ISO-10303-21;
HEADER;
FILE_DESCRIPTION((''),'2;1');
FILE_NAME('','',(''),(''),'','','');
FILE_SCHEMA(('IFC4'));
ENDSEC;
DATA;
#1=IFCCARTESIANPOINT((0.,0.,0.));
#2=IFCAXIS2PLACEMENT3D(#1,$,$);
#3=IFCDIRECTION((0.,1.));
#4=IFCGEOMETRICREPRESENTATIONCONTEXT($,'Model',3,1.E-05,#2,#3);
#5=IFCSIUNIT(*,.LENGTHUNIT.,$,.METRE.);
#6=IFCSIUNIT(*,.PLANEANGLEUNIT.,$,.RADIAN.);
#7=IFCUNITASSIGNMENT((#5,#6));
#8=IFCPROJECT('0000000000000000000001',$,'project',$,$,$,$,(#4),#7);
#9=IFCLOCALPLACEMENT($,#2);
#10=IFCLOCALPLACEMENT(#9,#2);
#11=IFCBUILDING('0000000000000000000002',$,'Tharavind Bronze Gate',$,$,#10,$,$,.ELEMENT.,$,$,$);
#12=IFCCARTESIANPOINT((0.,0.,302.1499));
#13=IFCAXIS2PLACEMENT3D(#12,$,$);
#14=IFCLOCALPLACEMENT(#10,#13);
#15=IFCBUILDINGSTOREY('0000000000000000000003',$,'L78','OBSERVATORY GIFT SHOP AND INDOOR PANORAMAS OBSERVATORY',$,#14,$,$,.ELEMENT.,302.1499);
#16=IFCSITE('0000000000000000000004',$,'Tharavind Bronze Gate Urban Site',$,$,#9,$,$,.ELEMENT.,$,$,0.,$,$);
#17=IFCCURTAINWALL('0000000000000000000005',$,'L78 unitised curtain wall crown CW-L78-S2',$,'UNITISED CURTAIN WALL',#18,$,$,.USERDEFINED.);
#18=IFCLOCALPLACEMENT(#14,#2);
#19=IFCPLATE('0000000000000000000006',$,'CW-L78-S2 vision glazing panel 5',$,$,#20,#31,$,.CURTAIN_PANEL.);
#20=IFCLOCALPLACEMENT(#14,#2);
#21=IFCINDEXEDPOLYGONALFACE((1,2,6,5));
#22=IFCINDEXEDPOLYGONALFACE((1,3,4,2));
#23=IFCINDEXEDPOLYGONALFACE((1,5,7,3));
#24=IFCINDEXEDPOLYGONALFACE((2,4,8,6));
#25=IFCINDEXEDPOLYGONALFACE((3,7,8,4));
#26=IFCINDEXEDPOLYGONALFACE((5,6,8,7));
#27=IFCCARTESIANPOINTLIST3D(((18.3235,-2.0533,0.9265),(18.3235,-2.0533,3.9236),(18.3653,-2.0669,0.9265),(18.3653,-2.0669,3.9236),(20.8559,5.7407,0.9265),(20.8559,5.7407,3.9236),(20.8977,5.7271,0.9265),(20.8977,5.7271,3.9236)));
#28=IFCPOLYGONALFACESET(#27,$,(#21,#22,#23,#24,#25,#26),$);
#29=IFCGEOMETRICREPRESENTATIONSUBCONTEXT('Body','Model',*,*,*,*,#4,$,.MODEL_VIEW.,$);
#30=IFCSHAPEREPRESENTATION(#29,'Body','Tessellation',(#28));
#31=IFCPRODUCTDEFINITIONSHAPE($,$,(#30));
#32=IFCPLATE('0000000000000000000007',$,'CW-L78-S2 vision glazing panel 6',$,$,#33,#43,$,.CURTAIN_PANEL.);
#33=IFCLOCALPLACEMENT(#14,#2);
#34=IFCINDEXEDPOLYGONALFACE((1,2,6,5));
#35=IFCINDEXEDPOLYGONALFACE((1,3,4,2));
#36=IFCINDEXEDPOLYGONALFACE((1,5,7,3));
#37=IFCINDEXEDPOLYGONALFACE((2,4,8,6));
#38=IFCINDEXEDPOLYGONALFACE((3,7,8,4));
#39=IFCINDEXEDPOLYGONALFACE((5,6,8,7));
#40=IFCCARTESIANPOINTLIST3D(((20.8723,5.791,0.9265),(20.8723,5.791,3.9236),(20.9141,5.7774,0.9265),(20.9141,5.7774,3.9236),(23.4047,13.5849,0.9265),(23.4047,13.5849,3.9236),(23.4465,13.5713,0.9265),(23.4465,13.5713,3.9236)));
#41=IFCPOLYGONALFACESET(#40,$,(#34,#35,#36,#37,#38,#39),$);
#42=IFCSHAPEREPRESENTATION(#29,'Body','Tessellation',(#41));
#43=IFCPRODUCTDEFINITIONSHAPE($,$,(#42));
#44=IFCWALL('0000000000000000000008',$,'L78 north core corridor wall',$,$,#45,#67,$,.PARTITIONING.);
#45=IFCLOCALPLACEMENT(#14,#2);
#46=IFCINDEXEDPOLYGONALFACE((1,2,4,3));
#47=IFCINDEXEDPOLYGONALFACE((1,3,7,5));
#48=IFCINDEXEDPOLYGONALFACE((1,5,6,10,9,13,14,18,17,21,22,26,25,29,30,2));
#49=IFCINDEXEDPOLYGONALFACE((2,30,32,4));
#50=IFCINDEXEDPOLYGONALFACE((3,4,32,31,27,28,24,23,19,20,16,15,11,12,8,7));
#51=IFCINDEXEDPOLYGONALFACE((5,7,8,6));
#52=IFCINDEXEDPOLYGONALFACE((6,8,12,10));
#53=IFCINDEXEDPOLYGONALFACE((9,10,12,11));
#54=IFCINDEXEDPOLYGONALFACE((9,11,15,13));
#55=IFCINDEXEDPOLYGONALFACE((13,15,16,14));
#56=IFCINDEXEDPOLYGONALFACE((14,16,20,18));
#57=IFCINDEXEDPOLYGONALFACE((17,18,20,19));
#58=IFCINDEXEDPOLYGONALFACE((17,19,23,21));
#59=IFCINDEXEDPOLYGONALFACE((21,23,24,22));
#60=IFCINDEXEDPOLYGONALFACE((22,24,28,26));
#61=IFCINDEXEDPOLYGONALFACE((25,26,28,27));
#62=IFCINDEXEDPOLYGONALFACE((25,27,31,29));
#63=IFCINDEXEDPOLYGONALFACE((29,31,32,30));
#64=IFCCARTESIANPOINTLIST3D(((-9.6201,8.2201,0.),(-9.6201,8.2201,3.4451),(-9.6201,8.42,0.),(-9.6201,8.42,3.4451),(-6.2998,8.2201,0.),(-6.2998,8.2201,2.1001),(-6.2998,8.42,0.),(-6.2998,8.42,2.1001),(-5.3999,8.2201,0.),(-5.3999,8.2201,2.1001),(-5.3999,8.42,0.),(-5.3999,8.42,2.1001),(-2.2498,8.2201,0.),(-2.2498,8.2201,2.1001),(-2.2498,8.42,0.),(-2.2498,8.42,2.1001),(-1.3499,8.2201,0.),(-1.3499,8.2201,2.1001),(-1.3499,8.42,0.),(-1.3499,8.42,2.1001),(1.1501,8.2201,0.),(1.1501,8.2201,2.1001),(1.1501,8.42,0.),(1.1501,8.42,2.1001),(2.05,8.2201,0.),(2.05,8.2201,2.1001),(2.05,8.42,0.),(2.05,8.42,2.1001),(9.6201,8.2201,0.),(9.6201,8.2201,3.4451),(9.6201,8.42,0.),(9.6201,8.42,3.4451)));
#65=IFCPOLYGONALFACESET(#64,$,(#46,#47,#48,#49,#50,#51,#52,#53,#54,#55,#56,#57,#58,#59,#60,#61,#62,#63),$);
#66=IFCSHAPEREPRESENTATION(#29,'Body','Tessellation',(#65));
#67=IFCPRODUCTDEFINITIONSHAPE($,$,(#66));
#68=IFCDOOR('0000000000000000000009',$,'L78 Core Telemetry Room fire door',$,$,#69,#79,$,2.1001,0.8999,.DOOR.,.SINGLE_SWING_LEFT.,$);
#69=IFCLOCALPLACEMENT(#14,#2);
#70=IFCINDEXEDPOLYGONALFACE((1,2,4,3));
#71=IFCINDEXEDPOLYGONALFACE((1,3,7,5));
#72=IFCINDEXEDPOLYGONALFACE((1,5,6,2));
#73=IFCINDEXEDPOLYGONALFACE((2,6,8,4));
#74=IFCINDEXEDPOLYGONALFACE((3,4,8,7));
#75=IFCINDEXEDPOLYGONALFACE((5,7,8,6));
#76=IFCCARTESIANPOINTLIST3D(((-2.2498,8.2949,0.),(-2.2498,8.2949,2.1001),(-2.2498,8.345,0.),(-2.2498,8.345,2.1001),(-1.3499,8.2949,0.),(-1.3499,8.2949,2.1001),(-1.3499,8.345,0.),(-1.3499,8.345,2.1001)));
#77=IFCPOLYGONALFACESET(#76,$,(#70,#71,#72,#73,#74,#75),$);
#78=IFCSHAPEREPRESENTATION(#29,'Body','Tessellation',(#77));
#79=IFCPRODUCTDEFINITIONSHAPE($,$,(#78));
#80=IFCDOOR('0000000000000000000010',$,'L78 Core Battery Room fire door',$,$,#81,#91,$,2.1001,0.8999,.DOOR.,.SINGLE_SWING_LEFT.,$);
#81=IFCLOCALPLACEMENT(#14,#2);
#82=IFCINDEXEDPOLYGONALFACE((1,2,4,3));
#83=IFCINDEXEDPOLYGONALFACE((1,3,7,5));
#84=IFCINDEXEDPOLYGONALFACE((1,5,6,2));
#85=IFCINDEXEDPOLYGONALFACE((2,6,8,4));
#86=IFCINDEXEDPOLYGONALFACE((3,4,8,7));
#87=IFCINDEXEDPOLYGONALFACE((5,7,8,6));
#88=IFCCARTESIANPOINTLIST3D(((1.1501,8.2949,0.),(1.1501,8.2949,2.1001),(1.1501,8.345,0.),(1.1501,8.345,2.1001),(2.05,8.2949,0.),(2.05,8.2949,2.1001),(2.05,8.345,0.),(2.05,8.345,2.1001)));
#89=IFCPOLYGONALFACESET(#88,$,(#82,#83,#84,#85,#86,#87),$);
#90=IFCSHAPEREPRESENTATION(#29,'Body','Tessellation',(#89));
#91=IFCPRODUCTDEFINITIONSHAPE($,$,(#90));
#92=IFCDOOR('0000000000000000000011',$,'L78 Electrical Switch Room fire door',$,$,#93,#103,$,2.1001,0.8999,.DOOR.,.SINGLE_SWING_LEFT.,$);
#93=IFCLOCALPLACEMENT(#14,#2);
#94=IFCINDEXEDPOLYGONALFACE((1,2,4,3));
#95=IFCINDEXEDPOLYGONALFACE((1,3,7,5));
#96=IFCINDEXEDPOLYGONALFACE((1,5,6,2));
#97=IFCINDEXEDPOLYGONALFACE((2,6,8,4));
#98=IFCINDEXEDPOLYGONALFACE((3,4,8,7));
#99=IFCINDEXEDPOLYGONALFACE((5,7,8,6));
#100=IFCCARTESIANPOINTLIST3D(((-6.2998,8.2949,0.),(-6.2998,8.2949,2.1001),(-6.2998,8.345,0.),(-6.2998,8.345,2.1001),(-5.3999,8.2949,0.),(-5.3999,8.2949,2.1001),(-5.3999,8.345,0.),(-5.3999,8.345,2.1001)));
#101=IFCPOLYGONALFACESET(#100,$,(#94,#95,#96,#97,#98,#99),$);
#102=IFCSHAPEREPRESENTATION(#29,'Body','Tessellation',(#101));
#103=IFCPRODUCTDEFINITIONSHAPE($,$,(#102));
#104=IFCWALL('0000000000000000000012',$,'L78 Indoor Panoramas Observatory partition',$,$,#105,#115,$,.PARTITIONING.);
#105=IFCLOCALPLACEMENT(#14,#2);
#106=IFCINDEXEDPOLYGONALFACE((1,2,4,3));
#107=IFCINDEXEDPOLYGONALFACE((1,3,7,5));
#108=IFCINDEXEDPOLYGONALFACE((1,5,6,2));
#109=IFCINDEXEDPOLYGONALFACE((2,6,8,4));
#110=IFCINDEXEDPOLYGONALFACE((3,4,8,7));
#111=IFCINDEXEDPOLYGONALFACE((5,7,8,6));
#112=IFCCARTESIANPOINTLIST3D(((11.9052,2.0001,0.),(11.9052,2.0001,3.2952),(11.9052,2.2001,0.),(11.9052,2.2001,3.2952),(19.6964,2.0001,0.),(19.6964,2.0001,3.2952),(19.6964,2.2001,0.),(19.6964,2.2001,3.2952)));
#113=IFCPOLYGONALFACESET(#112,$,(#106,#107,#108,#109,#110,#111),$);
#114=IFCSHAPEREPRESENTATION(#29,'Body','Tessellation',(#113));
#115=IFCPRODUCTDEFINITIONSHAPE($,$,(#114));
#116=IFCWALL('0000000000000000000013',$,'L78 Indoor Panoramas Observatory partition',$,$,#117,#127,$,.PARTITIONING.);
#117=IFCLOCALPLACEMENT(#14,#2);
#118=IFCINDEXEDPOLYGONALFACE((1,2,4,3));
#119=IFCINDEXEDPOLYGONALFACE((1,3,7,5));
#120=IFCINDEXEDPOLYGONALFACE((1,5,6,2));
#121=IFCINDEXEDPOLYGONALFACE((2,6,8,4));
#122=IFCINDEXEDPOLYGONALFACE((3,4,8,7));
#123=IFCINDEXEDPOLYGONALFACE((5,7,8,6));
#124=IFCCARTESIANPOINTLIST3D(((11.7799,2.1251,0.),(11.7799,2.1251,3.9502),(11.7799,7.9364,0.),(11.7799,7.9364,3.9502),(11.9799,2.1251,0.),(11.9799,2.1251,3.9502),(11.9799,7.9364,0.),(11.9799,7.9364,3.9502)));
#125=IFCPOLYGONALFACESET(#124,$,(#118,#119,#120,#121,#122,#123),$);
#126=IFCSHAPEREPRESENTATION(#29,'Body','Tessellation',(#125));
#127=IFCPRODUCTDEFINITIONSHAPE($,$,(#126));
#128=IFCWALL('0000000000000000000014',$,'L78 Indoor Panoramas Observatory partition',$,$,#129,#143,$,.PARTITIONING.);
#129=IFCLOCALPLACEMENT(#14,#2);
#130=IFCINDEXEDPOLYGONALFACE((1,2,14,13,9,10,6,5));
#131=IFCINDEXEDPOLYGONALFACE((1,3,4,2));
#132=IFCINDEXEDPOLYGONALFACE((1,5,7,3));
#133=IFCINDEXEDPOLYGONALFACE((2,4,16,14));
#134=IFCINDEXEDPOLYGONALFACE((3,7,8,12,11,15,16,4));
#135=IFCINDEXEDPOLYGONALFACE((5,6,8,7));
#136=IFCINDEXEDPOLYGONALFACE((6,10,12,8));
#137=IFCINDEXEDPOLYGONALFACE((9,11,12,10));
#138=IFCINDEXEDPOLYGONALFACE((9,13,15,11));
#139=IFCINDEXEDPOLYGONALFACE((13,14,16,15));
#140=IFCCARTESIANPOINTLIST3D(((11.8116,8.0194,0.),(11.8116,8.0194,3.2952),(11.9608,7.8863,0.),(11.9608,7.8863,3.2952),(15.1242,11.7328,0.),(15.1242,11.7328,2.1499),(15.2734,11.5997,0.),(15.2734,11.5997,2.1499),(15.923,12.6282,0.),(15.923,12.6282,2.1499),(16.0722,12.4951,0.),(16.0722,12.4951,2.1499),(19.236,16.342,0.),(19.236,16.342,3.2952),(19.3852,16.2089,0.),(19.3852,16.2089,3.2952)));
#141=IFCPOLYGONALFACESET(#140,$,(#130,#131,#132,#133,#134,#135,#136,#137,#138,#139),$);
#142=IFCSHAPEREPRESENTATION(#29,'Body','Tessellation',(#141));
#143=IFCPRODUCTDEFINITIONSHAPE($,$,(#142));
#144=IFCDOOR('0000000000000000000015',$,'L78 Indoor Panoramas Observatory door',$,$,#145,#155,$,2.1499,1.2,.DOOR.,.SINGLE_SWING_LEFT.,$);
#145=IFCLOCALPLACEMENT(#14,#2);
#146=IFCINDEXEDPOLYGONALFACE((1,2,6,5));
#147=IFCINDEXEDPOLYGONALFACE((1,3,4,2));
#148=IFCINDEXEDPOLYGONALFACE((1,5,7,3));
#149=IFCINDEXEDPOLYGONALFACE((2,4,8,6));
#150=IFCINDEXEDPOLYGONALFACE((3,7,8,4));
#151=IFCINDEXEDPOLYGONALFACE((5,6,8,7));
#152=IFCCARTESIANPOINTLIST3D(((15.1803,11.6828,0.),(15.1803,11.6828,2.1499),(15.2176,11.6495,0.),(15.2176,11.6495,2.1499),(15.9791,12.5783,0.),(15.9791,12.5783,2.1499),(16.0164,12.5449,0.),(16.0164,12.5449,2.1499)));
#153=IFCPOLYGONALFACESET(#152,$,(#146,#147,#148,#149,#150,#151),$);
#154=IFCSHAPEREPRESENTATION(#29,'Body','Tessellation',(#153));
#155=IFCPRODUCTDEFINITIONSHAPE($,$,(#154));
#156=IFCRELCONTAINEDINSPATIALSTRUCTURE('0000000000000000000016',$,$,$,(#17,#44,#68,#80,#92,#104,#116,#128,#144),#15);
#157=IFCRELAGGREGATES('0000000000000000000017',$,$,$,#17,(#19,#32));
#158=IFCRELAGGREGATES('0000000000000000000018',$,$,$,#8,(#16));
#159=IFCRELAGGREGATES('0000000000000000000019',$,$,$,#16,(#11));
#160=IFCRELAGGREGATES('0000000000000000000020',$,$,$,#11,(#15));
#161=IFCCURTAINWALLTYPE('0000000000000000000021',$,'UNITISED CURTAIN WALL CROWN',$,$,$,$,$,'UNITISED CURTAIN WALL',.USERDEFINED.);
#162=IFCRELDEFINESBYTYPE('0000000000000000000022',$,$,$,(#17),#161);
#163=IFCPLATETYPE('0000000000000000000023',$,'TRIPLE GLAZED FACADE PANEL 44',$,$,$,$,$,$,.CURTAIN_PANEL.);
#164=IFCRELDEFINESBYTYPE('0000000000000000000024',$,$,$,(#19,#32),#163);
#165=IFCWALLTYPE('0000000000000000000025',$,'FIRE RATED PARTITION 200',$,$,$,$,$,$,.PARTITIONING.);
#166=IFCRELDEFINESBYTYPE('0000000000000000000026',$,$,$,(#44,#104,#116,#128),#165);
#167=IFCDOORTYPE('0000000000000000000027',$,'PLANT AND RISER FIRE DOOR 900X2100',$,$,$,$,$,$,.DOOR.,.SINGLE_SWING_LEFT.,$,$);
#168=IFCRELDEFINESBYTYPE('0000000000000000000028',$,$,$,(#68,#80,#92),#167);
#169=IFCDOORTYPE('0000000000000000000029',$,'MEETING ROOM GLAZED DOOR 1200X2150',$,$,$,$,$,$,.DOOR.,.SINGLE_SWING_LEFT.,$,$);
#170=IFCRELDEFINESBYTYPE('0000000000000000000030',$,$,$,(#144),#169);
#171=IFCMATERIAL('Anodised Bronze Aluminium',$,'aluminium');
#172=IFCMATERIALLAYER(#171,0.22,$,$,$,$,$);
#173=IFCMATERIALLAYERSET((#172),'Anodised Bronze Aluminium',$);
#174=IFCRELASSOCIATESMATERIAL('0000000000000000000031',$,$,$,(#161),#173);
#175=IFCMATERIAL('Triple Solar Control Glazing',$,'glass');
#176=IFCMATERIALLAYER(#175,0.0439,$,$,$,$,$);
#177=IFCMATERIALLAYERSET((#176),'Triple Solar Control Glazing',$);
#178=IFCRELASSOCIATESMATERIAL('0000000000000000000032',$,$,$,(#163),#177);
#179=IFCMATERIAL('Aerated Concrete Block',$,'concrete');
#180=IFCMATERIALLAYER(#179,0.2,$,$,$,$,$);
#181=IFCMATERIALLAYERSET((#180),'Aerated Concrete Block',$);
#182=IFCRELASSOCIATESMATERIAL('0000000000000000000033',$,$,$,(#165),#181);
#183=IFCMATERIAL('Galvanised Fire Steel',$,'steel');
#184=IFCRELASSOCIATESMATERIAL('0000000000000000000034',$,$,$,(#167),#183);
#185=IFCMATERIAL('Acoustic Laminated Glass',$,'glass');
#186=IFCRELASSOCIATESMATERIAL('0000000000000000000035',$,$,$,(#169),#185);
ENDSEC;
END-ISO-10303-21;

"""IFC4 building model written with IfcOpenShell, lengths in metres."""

from ifc_helpers import new_model, si_unit, direction, frame, frame_2d, origin, origin_2d, place, context, subcontext, project, spatial, rectangle, extrude, material, layer, layer_set, type_object, element, fill, aggregate, save


model = new_model("IFC4")

# Units and contexts
model_context = context("Model", 3, precision=1e-05, world=origin(), true_north=direction((0.0, 1.0)))
body_context = subcontext(model_context, "Body", "Model", "MODEL_VIEW")
ifc_project = project(units=[si_unit("LENGTHUNIT", "METRE"), si_unit("PLANEANGLEUNIT", "RADIAN")], contexts=[model_context])

# Site, building, storey
site_placement = place(None, origin())
site = spatial("IfcSite", under=ifc_project, at=site_placement, Name="Tharavind Bronze Gate Urban Site", CompositionType="ELEMENT", RefElevation=0.0)
building_placement = place(site_placement, origin())
building = spatial("IfcBuilding", under=site, at=building_placement, Name="Tharavind Bronze Gate", CompositionType="ELEMENT")
storey_placement = place(building_placement, frame((0.0, 0.0, 302.1499)))
storey = spatial("IfcBuildingStorey", under=building, at=storey_placement, Name="L78", Description="OBSERVATORY GIFT SHOP AND INDOOR PANORAMAS OBSERVATORY", CompositionType="ELEMENT", Elevation=302.1499)

# Curtain wall
ifc_material_1 = material(Name="Anodised Bronze Aluminium", Category="aluminium")
ifc_layer_1 = layer(ifc_material_1, 0.22)
ifc_layer_set_1 = layer_set([ifc_layer_1], Name="Anodised Bronze Aluminium")
curtain_wall_type = type_object("IfcCurtainWallType", Name="UNITISED CURTAIN WALL CROWN", ElementType="UNITISED CURTAIN WALL", PredefinedType="USERDEFINED", material=ifc_layer_set_1)
curtain_wall_placement = place(storey_placement, origin())
curtain_wall = element("IfcCurtainWall", 1, at=curtain_wall_placement, inside=storey, type_object=curtain_wall_type, Name="L78 unitised curtain wall crown CW-L78-S2", ObjectType="UNITISED CURTAIN WALL", PredefinedType="USERDEFINED")

# Plates
ifc_material_2 = material(Name="Triple Solar Control Glazing", Category="glass")
ifc_layer_2 = layer(ifc_material_2, 0.0439)
ifc_layer_set_2 = layer_set([ifc_layer_2], Name="Triple Solar Control Glazing")
plate_type_1 = type_object("IfcPlateType", Name="TRIPLE GLAZED FACADE PANEL 44", PredefinedType="CURTAIN_PANEL", material=ifc_layer_set_2)
plate_1_placement = place(storey_placement, frame((19.6106, 1.8369, 0.9265), z_axis=(0.0, 0.0, 1.0), x_axis=(0.309017, 0.951057, 0.0)))
plate_1 = element("IfcPlate", 2, at=plate_1_placement, type_object=plate_type_1, Name="CW-L78-S2 vision glazing panel 5", PredefinedType="CURTAIN_PANEL", context=body_context, shape_type="SweptSolid", body=[
    extrude(rectangle(XDim=8.1951, YDim=0.0439, at=origin_2d()), origin(), (0.0, 0.0, 1.0), 2.9971),
])
plate_2_placement = place(storey_placement, frame((22.1594, 9.6812, 0.9265), z_axis=(0.0, 0.0, 1.0), x_axis=(0.309017, 0.951057, 0.0)))
plate_2 = element("IfcPlate", 3, at=plate_2_placement, type_object=plate_type_1, Name="CW-L78-S2 vision glazing panel 6", PredefinedType="CURTAIN_PANEL", context=body_context, shape_type="SweptSolid", body=[
    extrude(rectangle(XDim=8.1951, YDim=0.0439, at=origin_2d()), origin(), (0.0, 0.0, 1.0), 2.9971),
])
aggregate(curtain_wall, [plate_1, plate_2])

# Wall, openings, doors
ifc_material_3 = material(Name="Aerated Concrete Block", Category="concrete")
ifc_layer_3 = layer(ifc_material_3, 0.2)
ifc_layer_set_3 = layer_set([ifc_layer_3], Name="Aerated Concrete Block")
wall_type = type_object("IfcWallType", Name="FIRE RATED PARTITION 200", PredefinedType="PARTITIONING", material=ifc_layer_set_3)
wall_1_placement = place(storey_placement, frame((9.6201, 8.3201, 0.0), z_axis=(0.0, 0.0, 1.0), x_axis=(-1.0, 0.0, 0.0)))
wall_1 = element("IfcWall", 4, at=wall_1_placement, inside=storey, type_object=wall_type, Name="L78 north core corridor wall", PredefinedType="PARTITIONING", context=body_context, shape_type="SweptSolid", body=[
    extrude(rectangle(XDim=19.2402, YDim=0.2, at=frame_2d((9.6201, 0.0))), origin(), (0.0, 0.0, 1.0), 3.4451),
])
opening_1_placement = place(wall_1_placement, frame((10.97, 0.0, 0.0)))
opening_1 = element("IfcOpeningElement", 5, at=opening_1_placement, cuts=wall_1, PredefinedType="OPENING", context=body_context, shape_type="SweptSolid", body=[
    extrude(rectangle(XDim=0.8999, YDim=2.1001, at=frame_2d((0.45, 1.05))), frame((0.0, 0.1101, 0.0), z_axis=(0.0, -1.0, 0.0), x_axis=(1.0, 0.0, 0.0)), (0.0, 0.0, 1.0), 0.22),
])
opening_2_placement = place(wall_1_placement, frame((7.5701, 0.0, 0.0)))
opening_2 = element("IfcOpeningElement", 6, at=opening_2_placement, cuts=wall_1, PredefinedType="OPENING", context=body_context, shape_type="SweptSolid", body=[
    extrude(rectangle(XDim=0.8999, YDim=2.1001, at=frame_2d((0.45, 1.05))), frame((0.0, 0.1101, 0.0), z_axis=(0.0, -1.0, 0.0), x_axis=(1.0, 0.0, 0.0)), (0.0, 0.0, 1.0), 0.22),
])
opening_3_placement = place(wall_1_placement, frame((15.02, 0.0, 0.0)))
opening_3 = element("IfcOpeningElement", 7, at=opening_3_placement, cuts=wall_1, PredefinedType="OPENING", context=body_context, shape_type="SweptSolid", body=[
    extrude(rectangle(XDim=0.8999, YDim=2.1001, at=frame_2d((0.45, 1.05))), frame((0.0, 0.1101, 0.0), z_axis=(0.0, -1.0, 0.0), x_axis=(1.0, 0.0, 0.0)), (0.0, 0.0, 1.0), 0.22),
])
ifc_material_4 = material(Name="Galvanised Fire Steel", Category="steel")
door_type_1 = type_object("IfcDoorType", Name="PLANT AND RISER FIRE DOOR 900X2100", OperationType="SINGLE_SWING_LEFT", PredefinedType="DOOR", material=ifc_material_4)
door_1_placement = place(opening_1_placement, frame((0.8999, 0.0, 0.0), z_axis=(0.0, 0.0, 1.0), x_axis=(-1.0, 0.0, 0.0)))
door_1 = element("IfcDoor", 8, at=door_1_placement, inside=storey, type_object=door_type_1, Name="L78 Core Telemetry Room fire door", OperationType="SINGLE_SWING_LEFT", OverallHeight=2.1001, OverallWidth=0.8999, PredefinedType="DOOR", context=body_context, shape_type="SweptSolid", body=[
    extrude(rectangle(XDim=0.8999, YDim=2.1001, at=frame_2d((0.45, 1.05))), frame((0.0, 0.0249, 0.0), z_axis=(0.0, -1.0, 0.0), x_axis=(1.0, 0.0, 0.0)), (0.0, 0.0, 1.0), 0.05),
])
fill(opening_1, door_1)
door_2_placement = place(opening_2_placement, frame((0.8999, 0.0, 0.0), z_axis=(0.0, 0.0, 1.0), x_axis=(-1.0, 0.0, 0.0)))
door_2 = element("IfcDoor", 9, at=door_2_placement, inside=storey, type_object=door_type_1, Name="L78 Core Battery Room fire door", OperationType="SINGLE_SWING_LEFT", OverallHeight=2.1001, OverallWidth=0.8999, PredefinedType="DOOR", context=body_context, shape_type="SweptSolid", body=[
    extrude(rectangle(XDim=0.8999, YDim=2.1001, at=frame_2d((0.45, 1.05))), frame((0.0, 0.0249, 0.0), z_axis=(0.0, -1.0, 0.0), x_axis=(1.0, 0.0, 0.0)), (0.0, 0.0, 1.0), 0.05),
])
fill(opening_2, door_2)
door_3_placement = place(opening_3_placement, frame((0.8999, 0.0, 0.0), z_axis=(0.0, 0.0, 1.0), x_axis=(-1.0, 0.0, 0.0)))
door_3 = element("IfcDoor", 10, at=door_3_placement, inside=storey, type_object=door_type_1, Name="L78 Electrical Switch Room fire door", OperationType="SINGLE_SWING_LEFT", OverallHeight=2.1001, OverallWidth=0.8999, PredefinedType="DOOR", context=body_context, shape_type="SweptSolid", body=[
    extrude(rectangle(XDim=0.8999, YDim=2.1001, at=frame_2d((0.45, 1.05))), frame((0.0, 0.0249, 0.0), z_axis=(0.0, -1.0, 0.0), x_axis=(1.0, 0.0, 0.0)), (0.0, 0.0, 1.0), 0.05),
])
fill(opening_3, door_3)

# Walls
wall_2_placement = place(storey_placement, frame((19.6963, 2.1001, 0.0), z_axis=(0.0, 0.0, 1.0), x_axis=(-1.0, 0.0, 0.0)))
element("IfcWall", 11, at=wall_2_placement, inside=storey, type_object=wall_type, Name="L78 Indoor Panoramas Observatory partition", PredefinedType="PARTITIONING", context=body_context, shape_type="SweptSolid", body=[
    extrude(rectangle(XDim=7.7913, YDim=0.2, at=frame_2d((3.8955, 0.0))), origin(), (0.0, 0.0, 1.0), 3.2952),
])
wall_3_placement = place(storey_placement, frame((11.8799, 2.125, 0.0), z_axis=(0.0, 0.0, 1.0), x_axis=(0.0, 1.0, 0.0)))
element("IfcWall", 12, at=wall_3_placement, inside=storey, type_object=wall_type, Name="L78 Indoor Panoramas Observatory partition", PredefinedType="PARTITIONING", context=body_context, shape_type="SweptSolid", body=[
    extrude(rectangle(XDim=5.8113, YDim=0.2, at=frame_2d((2.9058, 0.0))), origin(), (0.0, 0.0, 1.0), 3.9502),
])

# Wall, opening, door
wall_4_placement = place(storey_placement, frame((11.8862, 7.9529, 0.0), z_axis=(0.0, 0.0, 1.0), x_axis=(0.665692, 0.746227, 0.0)))
wall_4 = element("IfcWall", 13, at=wall_4_placement, inside=storey, type_object=wall_type, Name="L78 Indoor Panoramas Observatory partition", PredefinedType="PARTITIONING", context=body_context, shape_type="SweptSolid", body=[
    extrude(rectangle(XDim=11.1528, YDim=0.2, at=frame_2d((5.5764, 0.0))), origin(), (0.0, 0.0, 1.0), 3.2952),
])
opening_4_placement = place(wall_4_placement, frame((4.9761, 0.0, 0.0)))
opening_4 = element("IfcOpeningElement", 14, at=opening_4_placement, cuts=wall_4, PredefinedType="OPENING", context=body_context, shape_type="SweptSolid", body=[
    extrude(rectangle(XDim=1.2, YDim=2.1499, at=frame_2d((0.6001, 1.075))), frame((0.0, 0.1101, 0.0), z_axis=(0.0, -1.0, 0.0), x_axis=(1.0, 0.0, 0.0)), (0.0, 0.0, 1.0), 0.22),
])
ifc_material_5 = material(Name="Acoustic Laminated Glass", Category="glass")
door_type_2 = type_object("IfcDoorType", Name="MEETING ROOM GLAZED DOOR 1200X2150", OperationType="SINGLE_SWING_LEFT", PredefinedType="DOOR", material=ifc_material_5)
door_4_placement = place(opening_4_placement, origin())
door_4 = element("IfcDoor", 15, at=door_4_placement, inside=storey, type_object=door_type_2, Name="L78 Indoor Panoramas Observatory door", OperationType="SINGLE_SWING_LEFT", OverallHeight=2.1499, OverallWidth=1.2, PredefinedType="DOOR", context=body_context, shape_type="SweptSolid", body=[
    extrude(rectangle(XDim=1.2, YDim=2.1499, at=frame_2d((0.6001, 1.075))), frame((0.0, 0.0249, 0.0), z_axis=(0.0, -1.0, 0.0), x_axis=(1.0, 0.0, 0.0)), (0.0, 0.0, 1.0), 0.05),
])
fill(opening_4, door_4)

save(model, "model.ifc")
